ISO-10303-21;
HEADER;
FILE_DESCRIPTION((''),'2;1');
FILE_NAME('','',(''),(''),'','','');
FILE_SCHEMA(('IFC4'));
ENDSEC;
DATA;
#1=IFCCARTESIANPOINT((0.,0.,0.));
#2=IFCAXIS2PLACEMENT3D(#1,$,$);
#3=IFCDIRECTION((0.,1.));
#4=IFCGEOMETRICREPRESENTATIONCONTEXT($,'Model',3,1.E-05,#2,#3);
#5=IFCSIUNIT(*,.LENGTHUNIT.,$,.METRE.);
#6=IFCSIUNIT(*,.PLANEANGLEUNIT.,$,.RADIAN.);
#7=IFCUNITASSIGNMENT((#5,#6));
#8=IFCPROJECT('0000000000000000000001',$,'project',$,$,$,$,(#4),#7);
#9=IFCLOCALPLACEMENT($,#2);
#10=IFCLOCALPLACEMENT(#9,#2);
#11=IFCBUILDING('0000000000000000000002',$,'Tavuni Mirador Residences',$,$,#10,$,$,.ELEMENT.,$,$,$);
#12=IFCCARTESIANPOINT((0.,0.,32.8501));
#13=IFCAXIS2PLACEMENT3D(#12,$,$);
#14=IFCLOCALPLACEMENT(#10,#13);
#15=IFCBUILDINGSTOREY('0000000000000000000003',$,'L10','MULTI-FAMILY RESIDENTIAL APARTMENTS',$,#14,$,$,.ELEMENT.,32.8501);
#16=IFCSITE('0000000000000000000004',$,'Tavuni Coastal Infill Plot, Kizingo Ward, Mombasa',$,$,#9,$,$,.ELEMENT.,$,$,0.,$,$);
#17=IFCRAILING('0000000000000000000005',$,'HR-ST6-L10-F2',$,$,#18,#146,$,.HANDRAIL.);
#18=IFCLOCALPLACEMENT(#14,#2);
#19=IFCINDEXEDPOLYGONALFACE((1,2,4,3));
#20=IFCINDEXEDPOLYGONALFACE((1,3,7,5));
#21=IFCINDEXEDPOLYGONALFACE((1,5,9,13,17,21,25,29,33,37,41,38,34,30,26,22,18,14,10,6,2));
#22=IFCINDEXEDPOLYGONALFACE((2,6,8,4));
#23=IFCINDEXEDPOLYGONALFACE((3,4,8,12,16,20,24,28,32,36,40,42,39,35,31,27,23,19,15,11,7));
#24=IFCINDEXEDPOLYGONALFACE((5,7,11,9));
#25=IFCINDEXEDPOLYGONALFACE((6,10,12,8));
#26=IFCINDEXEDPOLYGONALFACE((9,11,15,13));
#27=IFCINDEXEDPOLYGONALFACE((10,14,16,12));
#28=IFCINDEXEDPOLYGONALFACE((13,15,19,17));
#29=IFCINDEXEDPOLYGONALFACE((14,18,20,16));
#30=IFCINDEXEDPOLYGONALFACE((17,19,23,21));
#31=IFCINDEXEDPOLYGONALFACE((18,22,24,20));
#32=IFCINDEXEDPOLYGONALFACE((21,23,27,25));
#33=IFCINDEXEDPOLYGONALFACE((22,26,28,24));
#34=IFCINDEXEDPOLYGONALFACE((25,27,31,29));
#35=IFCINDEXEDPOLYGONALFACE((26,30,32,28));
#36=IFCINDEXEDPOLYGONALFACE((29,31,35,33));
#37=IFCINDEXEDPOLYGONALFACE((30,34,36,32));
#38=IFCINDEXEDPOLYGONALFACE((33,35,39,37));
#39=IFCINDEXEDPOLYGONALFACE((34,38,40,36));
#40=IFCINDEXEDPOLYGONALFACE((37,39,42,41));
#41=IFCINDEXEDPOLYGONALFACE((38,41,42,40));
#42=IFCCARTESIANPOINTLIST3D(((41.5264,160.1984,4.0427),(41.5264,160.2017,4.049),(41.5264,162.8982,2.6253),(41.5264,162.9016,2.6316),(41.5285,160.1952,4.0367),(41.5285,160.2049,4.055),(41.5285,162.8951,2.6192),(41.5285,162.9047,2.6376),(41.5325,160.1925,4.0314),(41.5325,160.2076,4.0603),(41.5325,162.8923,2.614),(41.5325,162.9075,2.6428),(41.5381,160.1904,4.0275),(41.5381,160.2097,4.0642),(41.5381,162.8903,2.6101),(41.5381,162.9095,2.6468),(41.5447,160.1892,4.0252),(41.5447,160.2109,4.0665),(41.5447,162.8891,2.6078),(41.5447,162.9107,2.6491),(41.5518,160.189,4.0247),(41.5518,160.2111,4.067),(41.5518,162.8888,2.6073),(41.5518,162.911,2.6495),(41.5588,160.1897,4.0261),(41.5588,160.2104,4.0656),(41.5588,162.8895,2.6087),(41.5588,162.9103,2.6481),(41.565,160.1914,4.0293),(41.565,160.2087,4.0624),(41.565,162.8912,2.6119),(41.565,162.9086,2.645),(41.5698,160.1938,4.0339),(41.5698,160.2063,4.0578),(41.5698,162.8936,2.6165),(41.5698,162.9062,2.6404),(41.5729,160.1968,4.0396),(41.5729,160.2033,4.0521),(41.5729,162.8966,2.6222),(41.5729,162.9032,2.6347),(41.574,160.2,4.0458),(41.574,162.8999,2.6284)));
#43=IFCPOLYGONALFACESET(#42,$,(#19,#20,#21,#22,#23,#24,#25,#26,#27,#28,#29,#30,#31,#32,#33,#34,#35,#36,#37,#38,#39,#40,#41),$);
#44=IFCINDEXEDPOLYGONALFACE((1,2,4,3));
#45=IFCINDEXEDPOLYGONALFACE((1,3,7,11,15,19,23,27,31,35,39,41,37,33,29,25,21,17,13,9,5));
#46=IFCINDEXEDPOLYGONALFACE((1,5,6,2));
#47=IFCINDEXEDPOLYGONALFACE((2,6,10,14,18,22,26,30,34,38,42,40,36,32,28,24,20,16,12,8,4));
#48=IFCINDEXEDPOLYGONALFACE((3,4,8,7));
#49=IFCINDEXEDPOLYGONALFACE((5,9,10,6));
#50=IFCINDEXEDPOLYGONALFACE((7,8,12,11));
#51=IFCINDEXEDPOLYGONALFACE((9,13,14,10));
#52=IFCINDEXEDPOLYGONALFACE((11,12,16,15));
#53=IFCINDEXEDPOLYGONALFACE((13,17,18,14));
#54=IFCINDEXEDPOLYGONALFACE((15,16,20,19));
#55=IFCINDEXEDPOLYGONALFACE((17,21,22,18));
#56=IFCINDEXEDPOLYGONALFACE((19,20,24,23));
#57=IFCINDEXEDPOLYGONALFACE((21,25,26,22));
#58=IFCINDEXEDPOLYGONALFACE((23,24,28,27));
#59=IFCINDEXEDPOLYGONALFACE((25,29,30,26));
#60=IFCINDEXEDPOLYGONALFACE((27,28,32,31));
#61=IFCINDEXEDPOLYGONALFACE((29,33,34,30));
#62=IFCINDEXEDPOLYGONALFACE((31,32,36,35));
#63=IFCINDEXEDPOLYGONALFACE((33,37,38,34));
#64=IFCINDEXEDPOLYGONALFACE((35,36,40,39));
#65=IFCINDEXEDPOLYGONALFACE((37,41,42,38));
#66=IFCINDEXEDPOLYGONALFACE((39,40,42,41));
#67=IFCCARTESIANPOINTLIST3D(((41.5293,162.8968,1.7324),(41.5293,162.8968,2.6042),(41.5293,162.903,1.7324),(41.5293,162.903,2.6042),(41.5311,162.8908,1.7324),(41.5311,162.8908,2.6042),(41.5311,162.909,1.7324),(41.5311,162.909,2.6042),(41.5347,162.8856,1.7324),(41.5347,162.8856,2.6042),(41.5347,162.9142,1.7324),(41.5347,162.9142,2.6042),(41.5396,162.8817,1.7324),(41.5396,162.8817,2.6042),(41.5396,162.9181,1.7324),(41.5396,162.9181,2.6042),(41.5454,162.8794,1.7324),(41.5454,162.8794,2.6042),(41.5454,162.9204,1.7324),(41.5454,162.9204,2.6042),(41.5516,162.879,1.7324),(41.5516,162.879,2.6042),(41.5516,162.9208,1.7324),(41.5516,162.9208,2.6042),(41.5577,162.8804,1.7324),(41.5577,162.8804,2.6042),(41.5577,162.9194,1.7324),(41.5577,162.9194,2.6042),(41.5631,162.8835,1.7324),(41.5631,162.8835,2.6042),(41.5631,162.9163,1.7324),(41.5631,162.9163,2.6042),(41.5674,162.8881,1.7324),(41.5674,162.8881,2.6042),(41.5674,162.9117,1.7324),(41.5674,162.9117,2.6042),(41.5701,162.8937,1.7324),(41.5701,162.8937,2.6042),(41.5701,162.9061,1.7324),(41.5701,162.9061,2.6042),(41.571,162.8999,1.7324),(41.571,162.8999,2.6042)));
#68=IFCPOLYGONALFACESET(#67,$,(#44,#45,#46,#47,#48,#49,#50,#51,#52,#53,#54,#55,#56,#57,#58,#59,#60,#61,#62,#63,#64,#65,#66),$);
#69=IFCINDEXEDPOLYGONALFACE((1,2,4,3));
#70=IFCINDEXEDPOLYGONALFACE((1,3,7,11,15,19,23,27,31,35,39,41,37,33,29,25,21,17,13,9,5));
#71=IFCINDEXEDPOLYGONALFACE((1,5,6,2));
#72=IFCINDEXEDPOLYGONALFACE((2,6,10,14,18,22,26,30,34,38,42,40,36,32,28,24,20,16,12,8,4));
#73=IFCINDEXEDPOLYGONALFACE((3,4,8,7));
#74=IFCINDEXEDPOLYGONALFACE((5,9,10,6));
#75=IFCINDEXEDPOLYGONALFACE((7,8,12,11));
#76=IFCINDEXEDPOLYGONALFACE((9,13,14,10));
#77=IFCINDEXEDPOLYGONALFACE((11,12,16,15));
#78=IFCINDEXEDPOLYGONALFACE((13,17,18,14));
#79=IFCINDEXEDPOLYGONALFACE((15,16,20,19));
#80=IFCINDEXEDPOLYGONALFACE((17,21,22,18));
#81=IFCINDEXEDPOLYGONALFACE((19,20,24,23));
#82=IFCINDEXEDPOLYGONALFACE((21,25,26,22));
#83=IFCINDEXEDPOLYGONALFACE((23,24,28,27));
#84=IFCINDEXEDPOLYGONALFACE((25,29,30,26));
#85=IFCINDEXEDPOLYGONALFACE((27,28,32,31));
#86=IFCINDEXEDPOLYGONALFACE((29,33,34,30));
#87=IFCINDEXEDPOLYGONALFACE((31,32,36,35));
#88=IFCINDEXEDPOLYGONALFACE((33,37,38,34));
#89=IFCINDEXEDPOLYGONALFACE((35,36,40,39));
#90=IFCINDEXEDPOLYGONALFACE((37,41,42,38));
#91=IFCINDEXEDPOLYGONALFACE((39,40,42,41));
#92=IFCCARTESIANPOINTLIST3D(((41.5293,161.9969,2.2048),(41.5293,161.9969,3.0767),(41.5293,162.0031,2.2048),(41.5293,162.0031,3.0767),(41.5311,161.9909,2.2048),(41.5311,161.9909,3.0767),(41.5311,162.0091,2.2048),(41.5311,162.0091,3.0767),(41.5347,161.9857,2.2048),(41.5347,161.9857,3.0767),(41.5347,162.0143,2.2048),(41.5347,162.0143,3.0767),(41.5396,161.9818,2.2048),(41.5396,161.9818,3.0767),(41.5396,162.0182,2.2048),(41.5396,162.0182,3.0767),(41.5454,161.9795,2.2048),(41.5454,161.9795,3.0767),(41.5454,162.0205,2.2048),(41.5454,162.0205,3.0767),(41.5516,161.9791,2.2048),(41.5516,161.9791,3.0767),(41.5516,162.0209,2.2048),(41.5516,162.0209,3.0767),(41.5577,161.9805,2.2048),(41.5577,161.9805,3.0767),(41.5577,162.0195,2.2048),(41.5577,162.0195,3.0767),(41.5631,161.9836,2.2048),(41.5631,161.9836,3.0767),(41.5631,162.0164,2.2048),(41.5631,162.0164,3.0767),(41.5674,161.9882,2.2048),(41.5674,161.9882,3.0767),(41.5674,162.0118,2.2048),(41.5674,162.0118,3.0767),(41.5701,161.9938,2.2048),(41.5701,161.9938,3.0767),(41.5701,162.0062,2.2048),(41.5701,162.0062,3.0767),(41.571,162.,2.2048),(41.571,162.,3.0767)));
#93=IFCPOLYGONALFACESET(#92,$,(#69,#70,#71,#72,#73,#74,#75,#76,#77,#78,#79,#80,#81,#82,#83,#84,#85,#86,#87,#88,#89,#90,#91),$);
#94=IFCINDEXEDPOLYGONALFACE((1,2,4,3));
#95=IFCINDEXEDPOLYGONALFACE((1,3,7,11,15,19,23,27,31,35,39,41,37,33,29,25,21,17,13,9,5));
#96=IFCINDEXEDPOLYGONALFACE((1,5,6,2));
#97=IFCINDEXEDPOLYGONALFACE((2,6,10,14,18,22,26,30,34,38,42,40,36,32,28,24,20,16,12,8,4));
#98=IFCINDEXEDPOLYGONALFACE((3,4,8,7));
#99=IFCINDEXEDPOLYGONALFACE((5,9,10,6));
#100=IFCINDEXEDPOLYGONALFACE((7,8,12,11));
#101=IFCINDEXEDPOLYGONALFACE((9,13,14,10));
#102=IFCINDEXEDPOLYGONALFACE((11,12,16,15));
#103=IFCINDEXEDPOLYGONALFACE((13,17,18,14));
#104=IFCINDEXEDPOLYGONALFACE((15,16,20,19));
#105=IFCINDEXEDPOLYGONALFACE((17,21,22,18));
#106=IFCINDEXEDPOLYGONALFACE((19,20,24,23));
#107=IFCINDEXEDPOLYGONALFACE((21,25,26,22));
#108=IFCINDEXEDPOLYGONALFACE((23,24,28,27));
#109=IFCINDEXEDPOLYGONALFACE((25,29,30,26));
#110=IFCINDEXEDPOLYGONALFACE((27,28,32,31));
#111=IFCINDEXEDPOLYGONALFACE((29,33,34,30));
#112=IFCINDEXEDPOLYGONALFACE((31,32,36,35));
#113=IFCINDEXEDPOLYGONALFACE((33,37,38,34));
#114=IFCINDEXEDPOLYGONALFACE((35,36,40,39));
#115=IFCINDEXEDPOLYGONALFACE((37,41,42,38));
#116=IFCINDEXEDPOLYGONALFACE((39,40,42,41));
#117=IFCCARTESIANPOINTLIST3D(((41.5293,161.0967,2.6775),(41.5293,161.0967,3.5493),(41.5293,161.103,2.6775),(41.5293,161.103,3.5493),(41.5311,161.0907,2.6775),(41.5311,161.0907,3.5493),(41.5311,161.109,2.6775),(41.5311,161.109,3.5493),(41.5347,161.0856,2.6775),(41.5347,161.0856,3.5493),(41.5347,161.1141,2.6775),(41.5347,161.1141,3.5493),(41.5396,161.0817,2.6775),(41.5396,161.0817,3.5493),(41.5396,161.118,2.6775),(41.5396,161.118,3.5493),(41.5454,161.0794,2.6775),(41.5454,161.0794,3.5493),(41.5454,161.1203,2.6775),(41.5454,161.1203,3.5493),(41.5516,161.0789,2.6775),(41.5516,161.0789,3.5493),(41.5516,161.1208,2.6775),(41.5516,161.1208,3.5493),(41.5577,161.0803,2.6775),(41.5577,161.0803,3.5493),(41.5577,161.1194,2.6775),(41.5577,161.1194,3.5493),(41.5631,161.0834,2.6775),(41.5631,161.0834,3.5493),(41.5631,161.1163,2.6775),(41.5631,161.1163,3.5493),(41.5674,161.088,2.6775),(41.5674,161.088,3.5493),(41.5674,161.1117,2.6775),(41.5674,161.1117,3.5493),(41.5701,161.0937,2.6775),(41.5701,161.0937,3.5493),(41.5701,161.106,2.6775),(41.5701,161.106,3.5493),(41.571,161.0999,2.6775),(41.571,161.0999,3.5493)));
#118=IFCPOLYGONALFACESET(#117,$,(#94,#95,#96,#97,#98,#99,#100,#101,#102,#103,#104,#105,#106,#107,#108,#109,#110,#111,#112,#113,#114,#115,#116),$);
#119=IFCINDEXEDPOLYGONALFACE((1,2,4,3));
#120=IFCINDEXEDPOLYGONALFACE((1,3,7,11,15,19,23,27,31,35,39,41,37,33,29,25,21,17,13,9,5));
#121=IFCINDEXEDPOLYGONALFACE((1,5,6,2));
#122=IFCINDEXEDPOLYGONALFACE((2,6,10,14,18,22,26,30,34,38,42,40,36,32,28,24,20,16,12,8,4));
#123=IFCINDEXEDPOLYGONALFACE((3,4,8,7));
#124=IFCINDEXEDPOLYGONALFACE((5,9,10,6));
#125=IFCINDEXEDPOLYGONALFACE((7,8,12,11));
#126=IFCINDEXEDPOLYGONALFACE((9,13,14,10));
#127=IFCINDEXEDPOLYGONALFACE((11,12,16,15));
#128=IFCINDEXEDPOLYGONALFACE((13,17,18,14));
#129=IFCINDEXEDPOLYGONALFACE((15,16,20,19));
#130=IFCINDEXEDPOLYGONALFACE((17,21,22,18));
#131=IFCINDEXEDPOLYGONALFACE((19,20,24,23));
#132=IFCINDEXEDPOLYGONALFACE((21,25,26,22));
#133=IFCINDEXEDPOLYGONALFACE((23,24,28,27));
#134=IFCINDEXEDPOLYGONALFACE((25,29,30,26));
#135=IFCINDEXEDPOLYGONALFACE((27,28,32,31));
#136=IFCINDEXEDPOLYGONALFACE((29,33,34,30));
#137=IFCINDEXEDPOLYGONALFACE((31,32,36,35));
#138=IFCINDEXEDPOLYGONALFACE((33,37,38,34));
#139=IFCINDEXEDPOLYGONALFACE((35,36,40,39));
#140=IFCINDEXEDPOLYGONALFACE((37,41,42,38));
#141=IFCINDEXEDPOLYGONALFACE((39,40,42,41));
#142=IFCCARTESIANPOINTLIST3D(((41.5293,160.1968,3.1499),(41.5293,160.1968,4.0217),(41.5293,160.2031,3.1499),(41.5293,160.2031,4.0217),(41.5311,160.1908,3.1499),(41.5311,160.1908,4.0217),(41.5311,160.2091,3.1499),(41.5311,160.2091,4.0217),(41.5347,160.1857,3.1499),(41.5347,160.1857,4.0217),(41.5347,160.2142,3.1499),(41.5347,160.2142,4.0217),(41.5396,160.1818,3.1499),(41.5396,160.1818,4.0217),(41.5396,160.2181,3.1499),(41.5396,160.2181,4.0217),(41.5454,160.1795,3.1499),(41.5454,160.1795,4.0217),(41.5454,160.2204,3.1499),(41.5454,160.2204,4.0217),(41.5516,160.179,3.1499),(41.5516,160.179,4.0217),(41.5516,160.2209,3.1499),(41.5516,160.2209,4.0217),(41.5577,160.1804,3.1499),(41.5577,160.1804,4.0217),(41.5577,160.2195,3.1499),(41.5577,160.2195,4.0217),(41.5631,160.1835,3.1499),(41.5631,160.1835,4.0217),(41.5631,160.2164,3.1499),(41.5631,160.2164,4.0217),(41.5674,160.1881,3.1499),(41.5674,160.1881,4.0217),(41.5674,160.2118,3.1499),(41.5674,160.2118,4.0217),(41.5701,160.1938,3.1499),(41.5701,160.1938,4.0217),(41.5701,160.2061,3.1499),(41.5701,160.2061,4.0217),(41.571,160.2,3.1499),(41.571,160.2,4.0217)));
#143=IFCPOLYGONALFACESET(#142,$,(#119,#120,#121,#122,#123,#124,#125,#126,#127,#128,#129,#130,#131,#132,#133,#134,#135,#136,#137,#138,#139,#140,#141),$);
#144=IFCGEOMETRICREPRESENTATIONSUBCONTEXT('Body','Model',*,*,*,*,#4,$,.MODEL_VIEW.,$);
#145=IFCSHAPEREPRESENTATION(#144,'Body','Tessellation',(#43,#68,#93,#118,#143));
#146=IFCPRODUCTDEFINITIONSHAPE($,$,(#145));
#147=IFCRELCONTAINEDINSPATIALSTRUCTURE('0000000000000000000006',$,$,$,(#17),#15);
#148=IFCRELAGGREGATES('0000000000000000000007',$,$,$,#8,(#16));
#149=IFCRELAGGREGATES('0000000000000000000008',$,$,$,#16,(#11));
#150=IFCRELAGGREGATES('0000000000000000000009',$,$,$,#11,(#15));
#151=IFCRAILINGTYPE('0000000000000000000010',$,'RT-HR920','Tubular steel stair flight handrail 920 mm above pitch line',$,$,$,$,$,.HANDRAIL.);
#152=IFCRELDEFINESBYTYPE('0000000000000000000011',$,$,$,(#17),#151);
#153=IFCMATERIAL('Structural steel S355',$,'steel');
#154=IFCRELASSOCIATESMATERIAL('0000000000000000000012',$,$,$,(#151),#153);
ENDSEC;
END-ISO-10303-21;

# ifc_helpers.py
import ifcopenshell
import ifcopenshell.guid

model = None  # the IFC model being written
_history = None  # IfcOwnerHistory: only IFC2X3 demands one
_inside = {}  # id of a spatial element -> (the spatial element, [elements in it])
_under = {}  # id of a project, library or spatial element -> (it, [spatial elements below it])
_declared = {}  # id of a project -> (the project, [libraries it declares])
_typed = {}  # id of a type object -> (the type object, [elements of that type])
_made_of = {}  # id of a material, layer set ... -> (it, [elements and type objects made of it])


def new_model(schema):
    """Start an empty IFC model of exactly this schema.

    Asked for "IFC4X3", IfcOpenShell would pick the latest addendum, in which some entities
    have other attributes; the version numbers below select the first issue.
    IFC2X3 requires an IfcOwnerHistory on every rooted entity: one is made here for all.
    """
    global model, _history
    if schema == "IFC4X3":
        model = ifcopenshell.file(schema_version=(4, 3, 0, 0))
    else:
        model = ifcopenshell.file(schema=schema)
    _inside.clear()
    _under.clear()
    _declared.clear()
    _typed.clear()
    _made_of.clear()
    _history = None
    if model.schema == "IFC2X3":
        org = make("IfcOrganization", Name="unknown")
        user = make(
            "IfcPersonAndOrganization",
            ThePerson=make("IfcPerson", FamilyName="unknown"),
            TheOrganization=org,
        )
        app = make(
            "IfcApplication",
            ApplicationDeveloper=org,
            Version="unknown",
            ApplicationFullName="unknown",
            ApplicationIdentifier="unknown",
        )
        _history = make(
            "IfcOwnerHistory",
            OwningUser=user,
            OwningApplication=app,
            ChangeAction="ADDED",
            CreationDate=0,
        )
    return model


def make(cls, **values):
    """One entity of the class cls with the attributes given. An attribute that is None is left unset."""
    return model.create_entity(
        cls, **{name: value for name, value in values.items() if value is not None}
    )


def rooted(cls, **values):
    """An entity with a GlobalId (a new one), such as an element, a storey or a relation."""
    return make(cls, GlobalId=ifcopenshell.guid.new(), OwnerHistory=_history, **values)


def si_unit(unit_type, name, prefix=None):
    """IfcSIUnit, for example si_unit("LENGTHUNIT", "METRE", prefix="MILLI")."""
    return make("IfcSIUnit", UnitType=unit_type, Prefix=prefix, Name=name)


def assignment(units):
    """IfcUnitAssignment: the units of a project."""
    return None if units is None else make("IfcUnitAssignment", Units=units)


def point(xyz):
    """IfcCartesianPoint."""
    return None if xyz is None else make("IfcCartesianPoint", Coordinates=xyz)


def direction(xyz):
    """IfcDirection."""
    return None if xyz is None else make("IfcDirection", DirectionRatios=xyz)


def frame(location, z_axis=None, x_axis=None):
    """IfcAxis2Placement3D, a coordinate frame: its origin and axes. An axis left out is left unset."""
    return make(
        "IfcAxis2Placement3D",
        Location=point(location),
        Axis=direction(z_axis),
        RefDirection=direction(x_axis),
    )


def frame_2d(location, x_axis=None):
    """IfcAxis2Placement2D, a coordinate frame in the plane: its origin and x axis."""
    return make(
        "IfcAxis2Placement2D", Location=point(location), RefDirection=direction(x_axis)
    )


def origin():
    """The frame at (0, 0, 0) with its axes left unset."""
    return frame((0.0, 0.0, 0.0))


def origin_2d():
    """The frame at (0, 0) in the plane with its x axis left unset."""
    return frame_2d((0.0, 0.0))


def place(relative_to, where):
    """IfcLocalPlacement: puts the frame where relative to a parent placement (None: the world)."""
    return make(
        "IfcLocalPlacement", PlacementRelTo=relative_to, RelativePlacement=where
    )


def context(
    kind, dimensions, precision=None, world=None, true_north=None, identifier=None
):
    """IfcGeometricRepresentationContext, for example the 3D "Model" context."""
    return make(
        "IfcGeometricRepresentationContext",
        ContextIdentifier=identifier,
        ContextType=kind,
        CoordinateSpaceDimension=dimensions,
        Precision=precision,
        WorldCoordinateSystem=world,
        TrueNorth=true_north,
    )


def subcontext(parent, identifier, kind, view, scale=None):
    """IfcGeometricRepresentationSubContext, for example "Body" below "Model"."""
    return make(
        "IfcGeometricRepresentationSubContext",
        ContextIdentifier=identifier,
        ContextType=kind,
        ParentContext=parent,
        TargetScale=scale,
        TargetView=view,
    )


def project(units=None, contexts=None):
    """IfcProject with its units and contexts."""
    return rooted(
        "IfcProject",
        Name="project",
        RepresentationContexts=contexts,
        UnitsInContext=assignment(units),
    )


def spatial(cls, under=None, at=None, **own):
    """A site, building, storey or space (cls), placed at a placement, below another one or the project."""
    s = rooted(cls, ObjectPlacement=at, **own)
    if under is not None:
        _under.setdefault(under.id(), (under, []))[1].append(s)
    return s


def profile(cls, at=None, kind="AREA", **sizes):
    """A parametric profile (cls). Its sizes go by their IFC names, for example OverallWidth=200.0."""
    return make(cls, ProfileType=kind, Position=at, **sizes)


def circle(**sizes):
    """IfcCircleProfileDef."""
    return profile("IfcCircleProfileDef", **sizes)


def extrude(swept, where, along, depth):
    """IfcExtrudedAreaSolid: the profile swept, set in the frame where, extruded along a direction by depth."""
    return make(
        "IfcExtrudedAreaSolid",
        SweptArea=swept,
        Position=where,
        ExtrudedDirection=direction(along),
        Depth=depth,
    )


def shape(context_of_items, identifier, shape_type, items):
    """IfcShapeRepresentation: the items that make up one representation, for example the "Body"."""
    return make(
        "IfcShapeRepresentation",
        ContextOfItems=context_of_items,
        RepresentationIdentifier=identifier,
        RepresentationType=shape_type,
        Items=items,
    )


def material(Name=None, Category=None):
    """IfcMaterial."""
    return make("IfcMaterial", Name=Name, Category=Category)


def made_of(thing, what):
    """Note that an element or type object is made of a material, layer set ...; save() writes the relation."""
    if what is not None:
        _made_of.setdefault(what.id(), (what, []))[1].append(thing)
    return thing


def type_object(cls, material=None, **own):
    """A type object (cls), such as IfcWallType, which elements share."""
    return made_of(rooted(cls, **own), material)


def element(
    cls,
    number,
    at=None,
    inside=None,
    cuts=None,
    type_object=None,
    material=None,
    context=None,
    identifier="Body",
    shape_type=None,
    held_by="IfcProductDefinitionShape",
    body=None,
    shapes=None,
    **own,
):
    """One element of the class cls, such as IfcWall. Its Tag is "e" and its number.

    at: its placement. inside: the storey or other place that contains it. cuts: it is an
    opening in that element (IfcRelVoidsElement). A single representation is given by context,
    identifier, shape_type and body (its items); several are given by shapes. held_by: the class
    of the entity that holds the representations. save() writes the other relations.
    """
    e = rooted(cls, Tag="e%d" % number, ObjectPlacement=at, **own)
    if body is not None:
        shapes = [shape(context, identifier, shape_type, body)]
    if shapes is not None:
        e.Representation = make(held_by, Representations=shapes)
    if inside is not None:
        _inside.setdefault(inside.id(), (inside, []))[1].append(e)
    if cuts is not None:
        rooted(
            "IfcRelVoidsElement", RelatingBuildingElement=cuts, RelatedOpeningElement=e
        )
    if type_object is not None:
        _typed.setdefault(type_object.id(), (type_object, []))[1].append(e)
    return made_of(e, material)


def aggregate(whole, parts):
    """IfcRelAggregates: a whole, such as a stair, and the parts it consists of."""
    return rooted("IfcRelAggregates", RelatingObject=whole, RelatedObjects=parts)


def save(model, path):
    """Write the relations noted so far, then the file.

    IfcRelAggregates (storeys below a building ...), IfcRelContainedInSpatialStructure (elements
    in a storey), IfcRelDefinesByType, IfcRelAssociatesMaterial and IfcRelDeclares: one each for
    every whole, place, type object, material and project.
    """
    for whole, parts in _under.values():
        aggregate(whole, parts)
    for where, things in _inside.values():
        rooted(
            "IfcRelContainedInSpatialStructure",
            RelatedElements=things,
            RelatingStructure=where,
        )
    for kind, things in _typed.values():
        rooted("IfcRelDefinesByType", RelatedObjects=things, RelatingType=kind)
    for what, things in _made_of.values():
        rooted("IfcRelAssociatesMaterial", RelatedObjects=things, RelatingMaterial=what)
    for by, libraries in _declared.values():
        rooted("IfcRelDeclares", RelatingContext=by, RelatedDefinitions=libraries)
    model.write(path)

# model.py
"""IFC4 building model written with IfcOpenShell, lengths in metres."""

from ifc_helpers import new_model, si_unit, direction, frame, origin, origin_2d, place, context, subcontext, project, spatial, circle, extrude, material, type_object, element, save


model = new_model("IFC4")

# Units and contexts
model_context = context("Model", 3, precision=1e-05, world=origin(), true_north=direction((0.0, 1.0)))
body_context = subcontext(model_context, "Body", "Model", "MODEL_VIEW")
ifc_project = project(units=[si_unit("LENGTHUNIT", "METRE"), si_unit("PLANEANGLEUNIT", "RADIAN")], contexts=[model_context])

# Site, building, storey
site_placement = place(None, origin())
site = spatial("IfcSite", under=ifc_project, at=site_placement, Name="Tavuni Coastal Infill Plot, Kizingo Ward, Mombasa", CompositionType="ELEMENT", RefElevation=0.0)
building_placement = place(site_placement, origin())
building = spatial("IfcBuilding", under=site, at=building_placement, Name="Tavuni Mirador Residences", CompositionType="ELEMENT")
storey_placement = place(building_placement, frame((0.0, 0.0, 32.8501)))
storey = spatial("IfcBuildingStorey", under=building, at=storey_placement, Name="L10", Description="MULTI-FAMILY RESIDENTIAL APARTMENTS", CompositionType="ELEMENT", Elevation=32.8501)

# Shared definitions
ifc_material_1 = material(Name="Structural steel S355", Category="steel")

# Railing
railing_type_1 = type_object("IfcRailingType", Name="RT-HR920", Description="Tubular steel stair flight handrail 920 mm above pitch line", PredefinedType="HANDRAIL", material=ifc_material_1)
railing_1_placement = place(storey_placement, frame((41.55, 162.8999, 1.7324)))
element("IfcRailing", 1, at=railing_1_placement, inside=storey, type_object=railing_type_1, Name="HR-ST6-L10-F2", PredefinedType="HANDRAIL", context=body_context, shape_type="SweptSolid", body=[
    extrude(circle(Radius=0.0239, at=origin_2d()), frame((0.0, 0.0, 0.896), z_axis=(0.0, -0.885397, 0.464835), x_axis=(1.0, 0.0, 0.0)), (0.0, 0.0, 1.0), 3.0493),
    extrude(circle(Radius=0.021, at=origin_2d()), origin(), (0.0, 0.0, 1.0), 0.8718),
    extrude(circle(Radius=0.021, at=origin_2d()), frame((0.0, -0.8999, 0.4724)), (0.0, 0.0, 1.0), 0.8718),
    extrude(circle(Radius=0.021, at=origin_2d()), frame((0.0, -1.8, 0.9451)), (0.0, 0.0, 1.0), 0.8718),
    extrude(circle(Radius=0.021, at=origin_2d()), frame((0.0, -2.7, 1.4175)), (0.0, 0.0, 1.0), 0.8718),
])

save(model, "model.ifc")
